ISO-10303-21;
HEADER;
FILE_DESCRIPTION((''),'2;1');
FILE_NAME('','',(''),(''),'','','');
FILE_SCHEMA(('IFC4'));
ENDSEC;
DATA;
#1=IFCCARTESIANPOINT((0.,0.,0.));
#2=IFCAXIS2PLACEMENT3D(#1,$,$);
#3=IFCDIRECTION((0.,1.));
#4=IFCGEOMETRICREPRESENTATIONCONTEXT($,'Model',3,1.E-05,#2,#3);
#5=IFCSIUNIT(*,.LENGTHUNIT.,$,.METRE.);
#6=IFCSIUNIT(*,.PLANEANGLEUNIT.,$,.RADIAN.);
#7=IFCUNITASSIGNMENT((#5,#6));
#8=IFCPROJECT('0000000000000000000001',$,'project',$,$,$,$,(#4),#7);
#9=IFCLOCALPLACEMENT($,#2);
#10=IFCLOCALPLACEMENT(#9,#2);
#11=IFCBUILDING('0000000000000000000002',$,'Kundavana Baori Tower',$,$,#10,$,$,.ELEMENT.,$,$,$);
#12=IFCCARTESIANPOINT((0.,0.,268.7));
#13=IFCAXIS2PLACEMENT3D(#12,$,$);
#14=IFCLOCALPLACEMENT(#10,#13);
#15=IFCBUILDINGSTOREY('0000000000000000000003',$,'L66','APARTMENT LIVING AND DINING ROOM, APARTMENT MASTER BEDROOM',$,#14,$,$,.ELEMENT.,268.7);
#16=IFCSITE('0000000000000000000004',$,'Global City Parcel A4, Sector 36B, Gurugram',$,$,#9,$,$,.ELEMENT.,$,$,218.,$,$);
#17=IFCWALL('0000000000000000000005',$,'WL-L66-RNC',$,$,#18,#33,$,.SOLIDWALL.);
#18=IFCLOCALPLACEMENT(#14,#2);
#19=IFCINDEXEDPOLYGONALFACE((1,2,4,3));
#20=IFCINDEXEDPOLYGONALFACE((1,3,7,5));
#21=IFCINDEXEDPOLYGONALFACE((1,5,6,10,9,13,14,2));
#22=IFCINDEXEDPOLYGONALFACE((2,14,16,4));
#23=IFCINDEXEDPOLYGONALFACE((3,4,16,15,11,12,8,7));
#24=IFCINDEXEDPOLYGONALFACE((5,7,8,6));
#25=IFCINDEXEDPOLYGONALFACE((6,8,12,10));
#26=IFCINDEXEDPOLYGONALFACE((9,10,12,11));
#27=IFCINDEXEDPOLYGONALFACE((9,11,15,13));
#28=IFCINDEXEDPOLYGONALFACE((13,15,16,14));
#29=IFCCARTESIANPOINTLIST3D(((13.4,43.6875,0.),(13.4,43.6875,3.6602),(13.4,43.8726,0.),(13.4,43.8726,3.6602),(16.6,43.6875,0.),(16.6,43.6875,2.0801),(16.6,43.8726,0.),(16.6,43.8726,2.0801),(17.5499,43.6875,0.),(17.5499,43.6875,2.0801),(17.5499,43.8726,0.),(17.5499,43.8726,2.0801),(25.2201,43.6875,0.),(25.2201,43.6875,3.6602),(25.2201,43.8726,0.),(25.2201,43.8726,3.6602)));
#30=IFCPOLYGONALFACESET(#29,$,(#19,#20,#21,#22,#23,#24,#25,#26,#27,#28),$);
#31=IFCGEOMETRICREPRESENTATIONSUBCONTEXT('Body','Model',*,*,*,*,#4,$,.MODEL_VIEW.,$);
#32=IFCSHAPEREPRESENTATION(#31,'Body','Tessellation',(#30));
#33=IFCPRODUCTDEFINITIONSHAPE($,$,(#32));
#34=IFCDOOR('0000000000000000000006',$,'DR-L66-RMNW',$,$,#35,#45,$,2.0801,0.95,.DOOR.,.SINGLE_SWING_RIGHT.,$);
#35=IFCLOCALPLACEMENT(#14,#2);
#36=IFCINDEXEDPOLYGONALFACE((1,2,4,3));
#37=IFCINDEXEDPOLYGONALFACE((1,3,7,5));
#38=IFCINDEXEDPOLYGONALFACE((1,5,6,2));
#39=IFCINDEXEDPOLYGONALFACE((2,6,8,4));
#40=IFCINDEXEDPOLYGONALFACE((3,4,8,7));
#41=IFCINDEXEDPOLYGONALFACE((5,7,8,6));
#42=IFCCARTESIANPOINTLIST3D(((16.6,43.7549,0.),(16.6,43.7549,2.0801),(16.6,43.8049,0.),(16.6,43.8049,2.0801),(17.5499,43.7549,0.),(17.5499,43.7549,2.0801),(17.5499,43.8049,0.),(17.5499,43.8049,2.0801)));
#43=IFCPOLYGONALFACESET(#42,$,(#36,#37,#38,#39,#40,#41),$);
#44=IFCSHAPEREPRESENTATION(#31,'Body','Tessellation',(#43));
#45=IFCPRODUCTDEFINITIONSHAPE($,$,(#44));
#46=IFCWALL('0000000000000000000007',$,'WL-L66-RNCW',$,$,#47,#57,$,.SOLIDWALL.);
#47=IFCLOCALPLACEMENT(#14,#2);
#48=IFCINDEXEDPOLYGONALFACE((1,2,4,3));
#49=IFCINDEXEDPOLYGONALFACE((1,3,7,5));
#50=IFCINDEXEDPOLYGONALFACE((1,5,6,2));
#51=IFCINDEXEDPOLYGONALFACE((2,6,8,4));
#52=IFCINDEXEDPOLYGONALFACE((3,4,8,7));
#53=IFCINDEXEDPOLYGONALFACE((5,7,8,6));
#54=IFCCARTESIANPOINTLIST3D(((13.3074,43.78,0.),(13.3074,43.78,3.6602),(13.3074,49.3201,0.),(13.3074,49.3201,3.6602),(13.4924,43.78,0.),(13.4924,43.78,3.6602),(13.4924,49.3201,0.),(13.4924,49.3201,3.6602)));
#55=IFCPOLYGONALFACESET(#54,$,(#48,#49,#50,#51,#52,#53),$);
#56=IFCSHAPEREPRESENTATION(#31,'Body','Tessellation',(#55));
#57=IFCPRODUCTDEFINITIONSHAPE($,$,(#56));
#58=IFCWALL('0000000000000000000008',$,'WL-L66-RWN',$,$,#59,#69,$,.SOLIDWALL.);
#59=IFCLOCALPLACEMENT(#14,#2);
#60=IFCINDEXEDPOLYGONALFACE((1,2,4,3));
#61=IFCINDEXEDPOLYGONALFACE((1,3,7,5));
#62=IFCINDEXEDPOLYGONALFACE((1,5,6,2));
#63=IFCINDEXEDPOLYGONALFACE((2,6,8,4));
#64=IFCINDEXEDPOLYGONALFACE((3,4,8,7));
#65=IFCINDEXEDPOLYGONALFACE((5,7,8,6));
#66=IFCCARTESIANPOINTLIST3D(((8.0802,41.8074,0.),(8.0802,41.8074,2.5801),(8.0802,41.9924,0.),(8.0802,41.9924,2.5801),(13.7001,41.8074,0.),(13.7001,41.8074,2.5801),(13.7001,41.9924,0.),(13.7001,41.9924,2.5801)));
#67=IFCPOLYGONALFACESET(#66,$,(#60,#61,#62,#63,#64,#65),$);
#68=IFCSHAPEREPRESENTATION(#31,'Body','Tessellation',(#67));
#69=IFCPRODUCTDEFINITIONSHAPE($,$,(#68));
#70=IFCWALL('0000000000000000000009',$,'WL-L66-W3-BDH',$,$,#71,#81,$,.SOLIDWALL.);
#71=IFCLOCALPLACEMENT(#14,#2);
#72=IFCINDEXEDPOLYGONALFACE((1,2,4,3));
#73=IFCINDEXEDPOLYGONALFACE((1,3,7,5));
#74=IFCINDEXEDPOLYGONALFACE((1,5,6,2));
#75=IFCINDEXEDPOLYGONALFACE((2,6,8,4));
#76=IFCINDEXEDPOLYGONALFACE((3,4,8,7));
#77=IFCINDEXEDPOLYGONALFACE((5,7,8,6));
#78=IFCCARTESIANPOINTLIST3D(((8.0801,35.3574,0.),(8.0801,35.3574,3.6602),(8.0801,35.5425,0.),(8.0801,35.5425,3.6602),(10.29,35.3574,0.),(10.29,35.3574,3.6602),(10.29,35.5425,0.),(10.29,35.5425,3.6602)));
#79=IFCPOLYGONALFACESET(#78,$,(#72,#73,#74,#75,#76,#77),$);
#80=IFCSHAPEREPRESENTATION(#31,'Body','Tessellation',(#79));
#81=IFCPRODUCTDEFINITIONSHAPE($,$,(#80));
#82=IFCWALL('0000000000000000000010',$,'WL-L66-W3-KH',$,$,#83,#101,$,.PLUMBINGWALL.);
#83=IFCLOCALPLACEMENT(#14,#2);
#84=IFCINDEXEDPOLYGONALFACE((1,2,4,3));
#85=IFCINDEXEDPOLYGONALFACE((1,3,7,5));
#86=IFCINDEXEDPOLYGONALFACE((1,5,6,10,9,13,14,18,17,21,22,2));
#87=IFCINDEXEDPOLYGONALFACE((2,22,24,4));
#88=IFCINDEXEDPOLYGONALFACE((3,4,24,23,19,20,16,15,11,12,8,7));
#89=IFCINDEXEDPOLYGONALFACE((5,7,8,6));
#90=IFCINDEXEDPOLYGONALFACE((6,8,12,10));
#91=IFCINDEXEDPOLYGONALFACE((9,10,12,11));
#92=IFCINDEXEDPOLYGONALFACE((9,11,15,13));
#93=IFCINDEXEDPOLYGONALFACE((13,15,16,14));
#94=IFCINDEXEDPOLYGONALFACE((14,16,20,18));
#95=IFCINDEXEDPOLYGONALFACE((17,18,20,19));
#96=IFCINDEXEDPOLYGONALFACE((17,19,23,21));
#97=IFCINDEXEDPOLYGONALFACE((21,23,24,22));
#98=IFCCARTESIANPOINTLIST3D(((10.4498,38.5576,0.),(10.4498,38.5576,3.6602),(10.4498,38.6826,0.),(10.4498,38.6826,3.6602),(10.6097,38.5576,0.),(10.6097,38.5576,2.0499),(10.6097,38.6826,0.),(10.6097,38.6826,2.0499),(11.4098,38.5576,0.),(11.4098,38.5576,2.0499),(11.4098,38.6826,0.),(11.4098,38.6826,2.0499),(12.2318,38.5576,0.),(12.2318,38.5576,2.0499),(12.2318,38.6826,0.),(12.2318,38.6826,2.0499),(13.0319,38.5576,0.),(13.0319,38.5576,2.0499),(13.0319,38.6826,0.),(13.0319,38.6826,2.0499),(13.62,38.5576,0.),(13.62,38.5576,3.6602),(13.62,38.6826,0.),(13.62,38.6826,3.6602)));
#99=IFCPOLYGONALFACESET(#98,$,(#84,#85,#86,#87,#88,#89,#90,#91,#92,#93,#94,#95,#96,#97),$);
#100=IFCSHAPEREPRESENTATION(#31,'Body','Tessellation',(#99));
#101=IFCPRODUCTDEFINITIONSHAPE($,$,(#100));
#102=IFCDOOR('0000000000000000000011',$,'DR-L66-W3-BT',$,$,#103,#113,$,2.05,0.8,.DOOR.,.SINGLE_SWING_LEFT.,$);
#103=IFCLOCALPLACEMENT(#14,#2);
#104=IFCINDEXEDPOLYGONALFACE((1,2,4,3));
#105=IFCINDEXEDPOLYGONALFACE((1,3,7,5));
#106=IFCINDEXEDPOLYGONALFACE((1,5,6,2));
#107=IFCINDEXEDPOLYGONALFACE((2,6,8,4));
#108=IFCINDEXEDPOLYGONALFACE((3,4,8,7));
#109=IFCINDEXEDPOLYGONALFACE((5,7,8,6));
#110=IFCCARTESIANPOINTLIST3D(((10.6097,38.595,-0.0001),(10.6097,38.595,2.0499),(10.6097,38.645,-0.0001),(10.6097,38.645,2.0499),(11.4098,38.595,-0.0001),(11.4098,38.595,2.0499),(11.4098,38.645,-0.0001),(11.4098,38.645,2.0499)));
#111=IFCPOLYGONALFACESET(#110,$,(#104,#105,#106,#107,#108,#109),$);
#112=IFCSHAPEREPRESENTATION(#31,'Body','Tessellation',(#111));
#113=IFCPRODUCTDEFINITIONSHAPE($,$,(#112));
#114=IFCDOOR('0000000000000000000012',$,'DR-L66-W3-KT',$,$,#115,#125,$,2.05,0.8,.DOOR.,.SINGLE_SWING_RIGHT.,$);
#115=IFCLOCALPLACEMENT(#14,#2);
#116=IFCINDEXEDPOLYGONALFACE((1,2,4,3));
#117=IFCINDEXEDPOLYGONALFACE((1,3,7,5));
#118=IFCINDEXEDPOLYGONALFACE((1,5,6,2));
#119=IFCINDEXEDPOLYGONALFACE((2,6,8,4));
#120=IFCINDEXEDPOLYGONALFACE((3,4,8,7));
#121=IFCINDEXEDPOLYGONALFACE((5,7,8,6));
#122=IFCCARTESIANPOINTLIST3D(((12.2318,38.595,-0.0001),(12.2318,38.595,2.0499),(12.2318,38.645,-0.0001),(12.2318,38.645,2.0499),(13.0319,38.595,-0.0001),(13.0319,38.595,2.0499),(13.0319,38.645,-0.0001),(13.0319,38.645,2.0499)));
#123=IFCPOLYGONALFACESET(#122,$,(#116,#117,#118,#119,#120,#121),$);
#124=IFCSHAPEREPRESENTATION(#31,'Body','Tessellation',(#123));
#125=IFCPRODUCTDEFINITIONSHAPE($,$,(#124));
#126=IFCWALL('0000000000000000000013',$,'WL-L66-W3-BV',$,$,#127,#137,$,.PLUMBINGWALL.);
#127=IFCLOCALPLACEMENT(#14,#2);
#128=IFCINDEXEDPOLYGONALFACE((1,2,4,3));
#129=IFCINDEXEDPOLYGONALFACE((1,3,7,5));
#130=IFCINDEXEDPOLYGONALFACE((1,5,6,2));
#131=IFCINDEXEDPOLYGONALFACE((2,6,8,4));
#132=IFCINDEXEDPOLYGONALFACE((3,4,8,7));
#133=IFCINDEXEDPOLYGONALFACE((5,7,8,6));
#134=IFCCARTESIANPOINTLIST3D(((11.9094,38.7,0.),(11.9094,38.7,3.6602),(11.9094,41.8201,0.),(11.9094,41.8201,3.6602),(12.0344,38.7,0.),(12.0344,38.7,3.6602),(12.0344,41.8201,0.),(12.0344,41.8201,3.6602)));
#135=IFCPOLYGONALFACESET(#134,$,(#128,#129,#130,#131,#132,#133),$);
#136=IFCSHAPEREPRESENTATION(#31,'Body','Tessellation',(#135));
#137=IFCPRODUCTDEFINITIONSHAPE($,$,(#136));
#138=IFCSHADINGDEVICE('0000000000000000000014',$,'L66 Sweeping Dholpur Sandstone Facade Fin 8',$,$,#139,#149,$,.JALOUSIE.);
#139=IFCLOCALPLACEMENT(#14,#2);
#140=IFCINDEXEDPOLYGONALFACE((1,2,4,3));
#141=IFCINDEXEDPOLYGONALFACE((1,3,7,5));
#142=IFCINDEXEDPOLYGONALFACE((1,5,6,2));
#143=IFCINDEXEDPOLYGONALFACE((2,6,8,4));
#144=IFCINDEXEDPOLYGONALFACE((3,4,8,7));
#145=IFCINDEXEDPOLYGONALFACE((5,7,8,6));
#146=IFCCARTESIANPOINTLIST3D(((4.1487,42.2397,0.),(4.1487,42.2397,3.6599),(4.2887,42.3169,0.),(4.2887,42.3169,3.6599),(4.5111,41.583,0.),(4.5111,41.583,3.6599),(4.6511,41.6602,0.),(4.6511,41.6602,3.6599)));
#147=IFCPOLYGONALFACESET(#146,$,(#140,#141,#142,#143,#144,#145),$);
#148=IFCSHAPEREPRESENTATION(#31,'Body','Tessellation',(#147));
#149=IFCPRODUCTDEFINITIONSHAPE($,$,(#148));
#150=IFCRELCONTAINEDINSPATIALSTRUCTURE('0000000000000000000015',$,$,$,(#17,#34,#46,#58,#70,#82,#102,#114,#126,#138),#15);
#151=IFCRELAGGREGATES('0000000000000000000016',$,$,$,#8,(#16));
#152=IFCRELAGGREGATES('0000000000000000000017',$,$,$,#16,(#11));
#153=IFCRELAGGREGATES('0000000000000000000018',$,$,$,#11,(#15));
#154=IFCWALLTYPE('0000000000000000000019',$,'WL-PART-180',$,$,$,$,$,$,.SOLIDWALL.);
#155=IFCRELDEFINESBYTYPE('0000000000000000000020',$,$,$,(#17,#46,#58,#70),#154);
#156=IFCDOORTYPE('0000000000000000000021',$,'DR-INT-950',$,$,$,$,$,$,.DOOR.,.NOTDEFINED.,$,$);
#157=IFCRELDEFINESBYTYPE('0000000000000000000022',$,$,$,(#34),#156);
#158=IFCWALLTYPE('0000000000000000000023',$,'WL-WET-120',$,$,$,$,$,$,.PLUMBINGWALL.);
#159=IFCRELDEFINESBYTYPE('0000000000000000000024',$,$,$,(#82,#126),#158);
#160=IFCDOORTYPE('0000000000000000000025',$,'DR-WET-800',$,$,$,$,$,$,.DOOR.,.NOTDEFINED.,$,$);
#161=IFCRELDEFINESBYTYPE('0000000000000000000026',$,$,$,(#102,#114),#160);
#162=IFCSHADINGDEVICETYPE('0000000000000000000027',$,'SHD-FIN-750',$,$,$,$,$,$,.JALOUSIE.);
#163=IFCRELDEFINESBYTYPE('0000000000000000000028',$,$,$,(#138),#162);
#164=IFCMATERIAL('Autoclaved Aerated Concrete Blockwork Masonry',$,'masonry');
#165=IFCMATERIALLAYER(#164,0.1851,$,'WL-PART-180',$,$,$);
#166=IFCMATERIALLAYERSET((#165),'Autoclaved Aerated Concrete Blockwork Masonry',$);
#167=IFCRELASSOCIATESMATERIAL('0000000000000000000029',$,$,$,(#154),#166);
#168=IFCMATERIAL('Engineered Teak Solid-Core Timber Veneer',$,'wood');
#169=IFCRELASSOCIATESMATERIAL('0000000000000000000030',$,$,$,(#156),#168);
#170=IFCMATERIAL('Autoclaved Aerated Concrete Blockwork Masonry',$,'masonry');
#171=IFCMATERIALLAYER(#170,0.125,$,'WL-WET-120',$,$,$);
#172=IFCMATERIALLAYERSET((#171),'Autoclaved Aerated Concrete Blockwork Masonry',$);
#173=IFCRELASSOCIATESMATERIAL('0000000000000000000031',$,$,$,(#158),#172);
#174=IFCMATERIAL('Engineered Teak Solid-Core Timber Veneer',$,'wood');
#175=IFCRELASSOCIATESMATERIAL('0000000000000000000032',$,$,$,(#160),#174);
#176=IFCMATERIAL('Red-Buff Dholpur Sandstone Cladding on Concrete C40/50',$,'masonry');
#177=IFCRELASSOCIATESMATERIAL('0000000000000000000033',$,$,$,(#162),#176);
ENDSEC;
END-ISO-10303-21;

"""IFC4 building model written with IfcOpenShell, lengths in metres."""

from ifc_helpers import new_model, si_unit, direction, frame, frame_2d, origin, origin_2d, place, context, subcontext, project, spatial, rectangle, extrude, material, layer, layer_set, type_object, element, fill, save


model = new_model("IFC4")

# Units and contexts
model_context = context("Model", 3, precision=1e-05, world=origin(), true_north=direction((0.0, 1.0)))
body_context = subcontext(model_context, "Body", "Model", "MODEL_VIEW")
ifc_project = project(units=[si_unit("LENGTHUNIT", "METRE"), si_unit("PLANEANGLEUNIT", "RADIAN")], contexts=[model_context])

# Site, building, storey
site_placement = place(None, origin())
site = spatial("IfcSite", under=ifc_project, at=site_placement, Name="Global City Parcel A4, Sector 36B, Gurugram", CompositionType="ELEMENT", RefElevation=218.0)
building_placement = place(site_placement, origin())
building = spatial("IfcBuilding", under=site, at=building_placement, Name="Kundavana Baori Tower", CompositionType="ELEMENT")
storey_placement = place(building_placement, frame((0.0, 0.0, 268.7)))
storey = spatial("IfcBuildingStorey", under=building, at=storey_placement, Name="L66", Description="APARTMENT LIVING AND DINING ROOM, APARTMENT MASTER BEDROOM", CompositionType="ELEMENT", Elevation=268.7)

# Wall, opening, door
ifc_material_1 = material(Name="Autoclaved Aerated Concrete Blockwork Masonry", Category="masonry")
ifc_layer_1 = layer(ifc_material_1, 0.1851, Name="WL-PART-180")
ifc_layer_set_1 = layer_set([ifc_layer_1], Name="Autoclaved Aerated Concrete Blockwork Masonry")
wall_type_1 = type_object("IfcWallType", Name="WL-PART-180", PredefinedType="SOLIDWALL", material=ifc_layer_set_1)
wall_1_placement = place(storey_placement, frame((13.3999, 43.78, 0.0), z_axis=(0.0, 0.0, 1.0), x_axis=(1.0, 0.0, 0.0)))
wall_1 = element("IfcWall", 1, at=wall_1_placement, inside=storey, type_object=wall_type_1, Name="WL-L66-RNC", PredefinedType="SOLIDWALL", context=body_context, shape_type="SweptSolid", body=[
    extrude(rectangle(XDim=11.8201, YDim=0.1851, at=frame_2d((5.9102, 0.0))), origin(), (0.0, 0.0, 1.0), 3.6602),
])
opening_1_placement = place(wall_1_placement, frame((3.2, 0.0, 0.0)))
opening_1 = element("IfcOpeningElement", 2, at=opening_1_placement, cuts=wall_1, PredefinedType="OPENING", context=body_context, shape_type="SweptSolid", body=[
    extrude(rectangle(XDim=0.95, YDim=2.0801, at=frame_2d((0.4751, 1.04))), frame((0.0, 0.1025, 0.0), z_axis=(0.0, -1.0, 0.0), x_axis=(1.0, 0.0, 0.0)), (0.0, 0.0, 1.0), 0.2051),
])
ifc_material_2 = material(Name="Engineered Teak Solid-Core Timber Veneer", Category="wood")
door_type_1 = type_object("IfcDoorType", Name="DR-INT-950", OperationType="NOTDEFINED", PredefinedType="DOOR", material=ifc_material_2)
door_1_placement = place(opening_1_placement, origin())
door_1 = element("IfcDoor", 3, at=door_1_placement, inside=storey, type_object=door_type_1, Name="DR-L66-RMNW", OperationType="SINGLE_SWING_RIGHT", OverallHeight=2.0801, OverallWidth=0.95, PredefinedType="DOOR", context=body_context, shape_type="SweptSolid", body=[
    extrude(rectangle(XDim=0.95, YDim=2.0801, at=frame_2d((0.4751, 1.04))), frame((0.0, 0.0249, 0.0), z_axis=(0.0, -1.0, 0.0), x_axis=(1.0, 0.0, 0.0)), (0.0, 0.0, 1.0), 0.05),
])
fill(opening_1, door_1)

# Walls
wall_2_placement = place(storey_placement, frame((13.3999, 43.78, 0.0), z_axis=(0.0, 0.0, 1.0), x_axis=(0.0, 1.0, 0.0)))
element("IfcWall", 4, at=wall_2_placement, inside=storey, type_object=wall_type_1, Name="WL-L66-RNCW", PredefinedType="SOLIDWALL", context=body_context, shape_type="SweptSolid", body=[
    extrude(rectangle(XDim=5.54, YDim=0.1851, at=frame_2d((2.77, 0.0))), origin(), (0.0, 0.0, 1.0), 3.6602),
])
wall_3_placement = place(storey_placement, frame((8.0801, 41.8999, 0.0), z_axis=(0.0, 0.0, 1.0), x_axis=(1.0, 0.0, 0.0)))
element("IfcWall", 5, at=wall_3_placement, inside=storey, type_object=wall_type_1, Name="WL-L66-RWN", PredefinedType="SOLIDWALL", context=body_context, shape_type="SweptSolid", body=[
    extrude(rectangle(XDim=5.6199, YDim=0.1851, at=frame_2d((2.8101, 0.0))), origin(), (0.0, 0.0, 1.0), 2.5801),
])
wall_4_placement = place(storey_placement, frame((8.0801, 35.45, 0.0), z_axis=(0.0, 0.0, 1.0), x_axis=(1.0, 0.0, 0.0)))
element("IfcWall", 6, at=wall_4_placement, inside=storey, type_object=wall_type_1, Name="WL-L66-W3-BDH", PredefinedType="SOLIDWALL", context=body_context, shape_type="SweptSolid", body=[
    extrude(rectangle(XDim=2.21, YDim=0.1851, at=frame_2d((1.105, 0.0))), origin(), (0.0, 0.0, 1.0), 3.6602),
])

# Wall, openings, doors
ifc_material_3 = material(Name="Autoclaved Aerated Concrete Blockwork Masonry", Category="masonry")
ifc_layer_2 = layer(ifc_material_3, 0.125, Name="WL-WET-120")
ifc_layer_set_2 = layer_set([ifc_layer_2], Name="Autoclaved Aerated Concrete Blockwork Masonry")
wall_type_2 = type_object("IfcWallType", Name="WL-WET-120", PredefinedType="PLUMBINGWALL", material=ifc_layer_set_2)
wall_5_placement = place(storey_placement, frame((10.45, 38.6201, 0.0), z_axis=(0.0, 0.0, 1.0), x_axis=(1.0, 0.0, 0.0)))
wall_5 = element("IfcWall", 7, at=wall_5_placement, inside=storey, type_object=wall_type_2, Name="WL-L66-W3-KH", PredefinedType="PLUMBINGWALL", context=body_context, shape_type="SweptSolid", body=[
    extrude(rectangle(XDim=3.1702, YDim=0.125, at=frame_2d((1.585, 0.0))), origin(), (0.0, 0.0, 1.0), 3.6602),
])
opening_2_placement = place(wall_5_placement, frame((0.1599, 0.0, 0.0)))
opening_2 = element("IfcOpeningElement", 8, at=opening_2_placement, cuts=wall_5, PredefinedType="OPENING", context=body_context, shape_type="SweptSolid", body=[
    extrude(rectangle(XDim=0.8, YDim=2.05, at=frame_2d((0.3999, 1.0249))), frame((0.0, 0.0725, 0.0), z_axis=(0.0, -1.0, 0.0), x_axis=(1.0, 0.0, 0.0)), (0.0, 0.0, 1.0), 0.145),
])
opening_3_placement = place(wall_5_placement, frame((1.782, 0.0, 0.0)))
opening_3 = element("IfcOpeningElement", 9, at=opening_3_placement, cuts=wall_5, PredefinedType="OPENING", context=body_context, shape_type="SweptSolid", body=[
    extrude(rectangle(XDim=0.8, YDim=2.05, at=frame_2d((0.3999, 1.0249))), frame((0.0, 0.0725, 0.0), z_axis=(0.0, -1.0, 0.0), x_axis=(1.0, 0.0, 0.0)), (0.0, 0.0, 1.0), 0.145),
])
ifc_material_4 = material(Name="Engineered Teak Solid-Core Timber Veneer", Category="wood")
door_type_2 = type_object("IfcDoorType", Name="DR-WET-800", OperationType="NOTDEFINED", PredefinedType="DOOR", material=ifc_material_4)
door_2_placement = place(opening_2_placement, origin())
door_2 = element("IfcDoor", 10, at=door_2_placement, inside=storey, type_object=door_type_2, Name="DR-L66-W3-BT", OperationType="SINGLE_SWING_LEFT", OverallHeight=2.05, OverallWidth=0.8, PredefinedType="DOOR", context=body_context, shape_type="SweptSolid", body=[
    extrude(rectangle(XDim=0.8, YDim=2.05, at=frame_2d((0.3999, 1.0249))), frame((0.0, 0.0249, 0.0), z_axis=(0.0, -1.0, 0.0), x_axis=(1.0, 0.0, 0.0)), (0.0, 0.0, 1.0), 0.05),
])
fill(opening_2, door_2)
door_3_placement = place(opening_3_placement, origin())
door_3 = element("IfcDoor", 11, at=door_3_placement, inside=storey, type_object=door_type_2, Name="DR-L66-W3-KT", OperationType="SINGLE_SWING_RIGHT", OverallHeight=2.05, OverallWidth=0.8, PredefinedType="DOOR", context=body_context, shape_type="SweptSolid", body=[
    extrude(rectangle(XDim=0.8, YDim=2.05, at=frame_2d((0.3999, 1.0249))), frame((0.0, 0.0249, 0.0), z_axis=(0.0, -1.0, 0.0), x_axis=(1.0, 0.0, 0.0)), (0.0, 0.0, 1.0), 0.05),
])
fill(opening_3, door_3)

# Wall
wall_6_placement = place(storey_placement, frame((11.9719, 38.7, 0.0), z_axis=(0.0, 0.0, 1.0), x_axis=(0.0, 1.0, 0.0)))
element("IfcWall", 12, at=wall_6_placement, inside=storey, type_object=wall_type_2, Name="WL-L66-W3-BV", PredefinedType="PLUMBINGWALL", context=body_context, shape_type="SweptSolid", body=[
    extrude(rectangle(XDim=3.1201, YDim=0.125, at=frame_2d((1.5601, 0.0))), origin(), (0.0, 0.0, 1.0), 3.6602),
])

# Shading device
ifc_material_5 = material(Name="Red-Buff Dholpur Sandstone Cladding on Concrete C40/50", Category="masonry")
shading_device_type = type_object("IfcShadingDeviceType", Name="SHD-FIN-750", PredefinedType="JALOUSIE", material=ifc_material_5)
shading_device_placement = place(storey_placement, frame((4.3999, 41.95, 0.0), z_axis=(0.0, 0.0, 1.0), x_axis=(0.875549, 0.48313, 0.0)))
element("IfcShadingDevice", 13, at=shading_device_placement, inside=storey, type_object=shading_device_type, Name="L66 Sweeping Dholpur Sandstone Facade Fin 8", PredefinedType="JALOUSIE", context=body_context, shape_type="SweptSolid", body=[
    extrude(rectangle(XDim=0.1599, YDim=0.75, at=origin_2d()), origin(), (0.0, 0.0, 1.0), 3.6599),
])

save(model, "model.ifc")
